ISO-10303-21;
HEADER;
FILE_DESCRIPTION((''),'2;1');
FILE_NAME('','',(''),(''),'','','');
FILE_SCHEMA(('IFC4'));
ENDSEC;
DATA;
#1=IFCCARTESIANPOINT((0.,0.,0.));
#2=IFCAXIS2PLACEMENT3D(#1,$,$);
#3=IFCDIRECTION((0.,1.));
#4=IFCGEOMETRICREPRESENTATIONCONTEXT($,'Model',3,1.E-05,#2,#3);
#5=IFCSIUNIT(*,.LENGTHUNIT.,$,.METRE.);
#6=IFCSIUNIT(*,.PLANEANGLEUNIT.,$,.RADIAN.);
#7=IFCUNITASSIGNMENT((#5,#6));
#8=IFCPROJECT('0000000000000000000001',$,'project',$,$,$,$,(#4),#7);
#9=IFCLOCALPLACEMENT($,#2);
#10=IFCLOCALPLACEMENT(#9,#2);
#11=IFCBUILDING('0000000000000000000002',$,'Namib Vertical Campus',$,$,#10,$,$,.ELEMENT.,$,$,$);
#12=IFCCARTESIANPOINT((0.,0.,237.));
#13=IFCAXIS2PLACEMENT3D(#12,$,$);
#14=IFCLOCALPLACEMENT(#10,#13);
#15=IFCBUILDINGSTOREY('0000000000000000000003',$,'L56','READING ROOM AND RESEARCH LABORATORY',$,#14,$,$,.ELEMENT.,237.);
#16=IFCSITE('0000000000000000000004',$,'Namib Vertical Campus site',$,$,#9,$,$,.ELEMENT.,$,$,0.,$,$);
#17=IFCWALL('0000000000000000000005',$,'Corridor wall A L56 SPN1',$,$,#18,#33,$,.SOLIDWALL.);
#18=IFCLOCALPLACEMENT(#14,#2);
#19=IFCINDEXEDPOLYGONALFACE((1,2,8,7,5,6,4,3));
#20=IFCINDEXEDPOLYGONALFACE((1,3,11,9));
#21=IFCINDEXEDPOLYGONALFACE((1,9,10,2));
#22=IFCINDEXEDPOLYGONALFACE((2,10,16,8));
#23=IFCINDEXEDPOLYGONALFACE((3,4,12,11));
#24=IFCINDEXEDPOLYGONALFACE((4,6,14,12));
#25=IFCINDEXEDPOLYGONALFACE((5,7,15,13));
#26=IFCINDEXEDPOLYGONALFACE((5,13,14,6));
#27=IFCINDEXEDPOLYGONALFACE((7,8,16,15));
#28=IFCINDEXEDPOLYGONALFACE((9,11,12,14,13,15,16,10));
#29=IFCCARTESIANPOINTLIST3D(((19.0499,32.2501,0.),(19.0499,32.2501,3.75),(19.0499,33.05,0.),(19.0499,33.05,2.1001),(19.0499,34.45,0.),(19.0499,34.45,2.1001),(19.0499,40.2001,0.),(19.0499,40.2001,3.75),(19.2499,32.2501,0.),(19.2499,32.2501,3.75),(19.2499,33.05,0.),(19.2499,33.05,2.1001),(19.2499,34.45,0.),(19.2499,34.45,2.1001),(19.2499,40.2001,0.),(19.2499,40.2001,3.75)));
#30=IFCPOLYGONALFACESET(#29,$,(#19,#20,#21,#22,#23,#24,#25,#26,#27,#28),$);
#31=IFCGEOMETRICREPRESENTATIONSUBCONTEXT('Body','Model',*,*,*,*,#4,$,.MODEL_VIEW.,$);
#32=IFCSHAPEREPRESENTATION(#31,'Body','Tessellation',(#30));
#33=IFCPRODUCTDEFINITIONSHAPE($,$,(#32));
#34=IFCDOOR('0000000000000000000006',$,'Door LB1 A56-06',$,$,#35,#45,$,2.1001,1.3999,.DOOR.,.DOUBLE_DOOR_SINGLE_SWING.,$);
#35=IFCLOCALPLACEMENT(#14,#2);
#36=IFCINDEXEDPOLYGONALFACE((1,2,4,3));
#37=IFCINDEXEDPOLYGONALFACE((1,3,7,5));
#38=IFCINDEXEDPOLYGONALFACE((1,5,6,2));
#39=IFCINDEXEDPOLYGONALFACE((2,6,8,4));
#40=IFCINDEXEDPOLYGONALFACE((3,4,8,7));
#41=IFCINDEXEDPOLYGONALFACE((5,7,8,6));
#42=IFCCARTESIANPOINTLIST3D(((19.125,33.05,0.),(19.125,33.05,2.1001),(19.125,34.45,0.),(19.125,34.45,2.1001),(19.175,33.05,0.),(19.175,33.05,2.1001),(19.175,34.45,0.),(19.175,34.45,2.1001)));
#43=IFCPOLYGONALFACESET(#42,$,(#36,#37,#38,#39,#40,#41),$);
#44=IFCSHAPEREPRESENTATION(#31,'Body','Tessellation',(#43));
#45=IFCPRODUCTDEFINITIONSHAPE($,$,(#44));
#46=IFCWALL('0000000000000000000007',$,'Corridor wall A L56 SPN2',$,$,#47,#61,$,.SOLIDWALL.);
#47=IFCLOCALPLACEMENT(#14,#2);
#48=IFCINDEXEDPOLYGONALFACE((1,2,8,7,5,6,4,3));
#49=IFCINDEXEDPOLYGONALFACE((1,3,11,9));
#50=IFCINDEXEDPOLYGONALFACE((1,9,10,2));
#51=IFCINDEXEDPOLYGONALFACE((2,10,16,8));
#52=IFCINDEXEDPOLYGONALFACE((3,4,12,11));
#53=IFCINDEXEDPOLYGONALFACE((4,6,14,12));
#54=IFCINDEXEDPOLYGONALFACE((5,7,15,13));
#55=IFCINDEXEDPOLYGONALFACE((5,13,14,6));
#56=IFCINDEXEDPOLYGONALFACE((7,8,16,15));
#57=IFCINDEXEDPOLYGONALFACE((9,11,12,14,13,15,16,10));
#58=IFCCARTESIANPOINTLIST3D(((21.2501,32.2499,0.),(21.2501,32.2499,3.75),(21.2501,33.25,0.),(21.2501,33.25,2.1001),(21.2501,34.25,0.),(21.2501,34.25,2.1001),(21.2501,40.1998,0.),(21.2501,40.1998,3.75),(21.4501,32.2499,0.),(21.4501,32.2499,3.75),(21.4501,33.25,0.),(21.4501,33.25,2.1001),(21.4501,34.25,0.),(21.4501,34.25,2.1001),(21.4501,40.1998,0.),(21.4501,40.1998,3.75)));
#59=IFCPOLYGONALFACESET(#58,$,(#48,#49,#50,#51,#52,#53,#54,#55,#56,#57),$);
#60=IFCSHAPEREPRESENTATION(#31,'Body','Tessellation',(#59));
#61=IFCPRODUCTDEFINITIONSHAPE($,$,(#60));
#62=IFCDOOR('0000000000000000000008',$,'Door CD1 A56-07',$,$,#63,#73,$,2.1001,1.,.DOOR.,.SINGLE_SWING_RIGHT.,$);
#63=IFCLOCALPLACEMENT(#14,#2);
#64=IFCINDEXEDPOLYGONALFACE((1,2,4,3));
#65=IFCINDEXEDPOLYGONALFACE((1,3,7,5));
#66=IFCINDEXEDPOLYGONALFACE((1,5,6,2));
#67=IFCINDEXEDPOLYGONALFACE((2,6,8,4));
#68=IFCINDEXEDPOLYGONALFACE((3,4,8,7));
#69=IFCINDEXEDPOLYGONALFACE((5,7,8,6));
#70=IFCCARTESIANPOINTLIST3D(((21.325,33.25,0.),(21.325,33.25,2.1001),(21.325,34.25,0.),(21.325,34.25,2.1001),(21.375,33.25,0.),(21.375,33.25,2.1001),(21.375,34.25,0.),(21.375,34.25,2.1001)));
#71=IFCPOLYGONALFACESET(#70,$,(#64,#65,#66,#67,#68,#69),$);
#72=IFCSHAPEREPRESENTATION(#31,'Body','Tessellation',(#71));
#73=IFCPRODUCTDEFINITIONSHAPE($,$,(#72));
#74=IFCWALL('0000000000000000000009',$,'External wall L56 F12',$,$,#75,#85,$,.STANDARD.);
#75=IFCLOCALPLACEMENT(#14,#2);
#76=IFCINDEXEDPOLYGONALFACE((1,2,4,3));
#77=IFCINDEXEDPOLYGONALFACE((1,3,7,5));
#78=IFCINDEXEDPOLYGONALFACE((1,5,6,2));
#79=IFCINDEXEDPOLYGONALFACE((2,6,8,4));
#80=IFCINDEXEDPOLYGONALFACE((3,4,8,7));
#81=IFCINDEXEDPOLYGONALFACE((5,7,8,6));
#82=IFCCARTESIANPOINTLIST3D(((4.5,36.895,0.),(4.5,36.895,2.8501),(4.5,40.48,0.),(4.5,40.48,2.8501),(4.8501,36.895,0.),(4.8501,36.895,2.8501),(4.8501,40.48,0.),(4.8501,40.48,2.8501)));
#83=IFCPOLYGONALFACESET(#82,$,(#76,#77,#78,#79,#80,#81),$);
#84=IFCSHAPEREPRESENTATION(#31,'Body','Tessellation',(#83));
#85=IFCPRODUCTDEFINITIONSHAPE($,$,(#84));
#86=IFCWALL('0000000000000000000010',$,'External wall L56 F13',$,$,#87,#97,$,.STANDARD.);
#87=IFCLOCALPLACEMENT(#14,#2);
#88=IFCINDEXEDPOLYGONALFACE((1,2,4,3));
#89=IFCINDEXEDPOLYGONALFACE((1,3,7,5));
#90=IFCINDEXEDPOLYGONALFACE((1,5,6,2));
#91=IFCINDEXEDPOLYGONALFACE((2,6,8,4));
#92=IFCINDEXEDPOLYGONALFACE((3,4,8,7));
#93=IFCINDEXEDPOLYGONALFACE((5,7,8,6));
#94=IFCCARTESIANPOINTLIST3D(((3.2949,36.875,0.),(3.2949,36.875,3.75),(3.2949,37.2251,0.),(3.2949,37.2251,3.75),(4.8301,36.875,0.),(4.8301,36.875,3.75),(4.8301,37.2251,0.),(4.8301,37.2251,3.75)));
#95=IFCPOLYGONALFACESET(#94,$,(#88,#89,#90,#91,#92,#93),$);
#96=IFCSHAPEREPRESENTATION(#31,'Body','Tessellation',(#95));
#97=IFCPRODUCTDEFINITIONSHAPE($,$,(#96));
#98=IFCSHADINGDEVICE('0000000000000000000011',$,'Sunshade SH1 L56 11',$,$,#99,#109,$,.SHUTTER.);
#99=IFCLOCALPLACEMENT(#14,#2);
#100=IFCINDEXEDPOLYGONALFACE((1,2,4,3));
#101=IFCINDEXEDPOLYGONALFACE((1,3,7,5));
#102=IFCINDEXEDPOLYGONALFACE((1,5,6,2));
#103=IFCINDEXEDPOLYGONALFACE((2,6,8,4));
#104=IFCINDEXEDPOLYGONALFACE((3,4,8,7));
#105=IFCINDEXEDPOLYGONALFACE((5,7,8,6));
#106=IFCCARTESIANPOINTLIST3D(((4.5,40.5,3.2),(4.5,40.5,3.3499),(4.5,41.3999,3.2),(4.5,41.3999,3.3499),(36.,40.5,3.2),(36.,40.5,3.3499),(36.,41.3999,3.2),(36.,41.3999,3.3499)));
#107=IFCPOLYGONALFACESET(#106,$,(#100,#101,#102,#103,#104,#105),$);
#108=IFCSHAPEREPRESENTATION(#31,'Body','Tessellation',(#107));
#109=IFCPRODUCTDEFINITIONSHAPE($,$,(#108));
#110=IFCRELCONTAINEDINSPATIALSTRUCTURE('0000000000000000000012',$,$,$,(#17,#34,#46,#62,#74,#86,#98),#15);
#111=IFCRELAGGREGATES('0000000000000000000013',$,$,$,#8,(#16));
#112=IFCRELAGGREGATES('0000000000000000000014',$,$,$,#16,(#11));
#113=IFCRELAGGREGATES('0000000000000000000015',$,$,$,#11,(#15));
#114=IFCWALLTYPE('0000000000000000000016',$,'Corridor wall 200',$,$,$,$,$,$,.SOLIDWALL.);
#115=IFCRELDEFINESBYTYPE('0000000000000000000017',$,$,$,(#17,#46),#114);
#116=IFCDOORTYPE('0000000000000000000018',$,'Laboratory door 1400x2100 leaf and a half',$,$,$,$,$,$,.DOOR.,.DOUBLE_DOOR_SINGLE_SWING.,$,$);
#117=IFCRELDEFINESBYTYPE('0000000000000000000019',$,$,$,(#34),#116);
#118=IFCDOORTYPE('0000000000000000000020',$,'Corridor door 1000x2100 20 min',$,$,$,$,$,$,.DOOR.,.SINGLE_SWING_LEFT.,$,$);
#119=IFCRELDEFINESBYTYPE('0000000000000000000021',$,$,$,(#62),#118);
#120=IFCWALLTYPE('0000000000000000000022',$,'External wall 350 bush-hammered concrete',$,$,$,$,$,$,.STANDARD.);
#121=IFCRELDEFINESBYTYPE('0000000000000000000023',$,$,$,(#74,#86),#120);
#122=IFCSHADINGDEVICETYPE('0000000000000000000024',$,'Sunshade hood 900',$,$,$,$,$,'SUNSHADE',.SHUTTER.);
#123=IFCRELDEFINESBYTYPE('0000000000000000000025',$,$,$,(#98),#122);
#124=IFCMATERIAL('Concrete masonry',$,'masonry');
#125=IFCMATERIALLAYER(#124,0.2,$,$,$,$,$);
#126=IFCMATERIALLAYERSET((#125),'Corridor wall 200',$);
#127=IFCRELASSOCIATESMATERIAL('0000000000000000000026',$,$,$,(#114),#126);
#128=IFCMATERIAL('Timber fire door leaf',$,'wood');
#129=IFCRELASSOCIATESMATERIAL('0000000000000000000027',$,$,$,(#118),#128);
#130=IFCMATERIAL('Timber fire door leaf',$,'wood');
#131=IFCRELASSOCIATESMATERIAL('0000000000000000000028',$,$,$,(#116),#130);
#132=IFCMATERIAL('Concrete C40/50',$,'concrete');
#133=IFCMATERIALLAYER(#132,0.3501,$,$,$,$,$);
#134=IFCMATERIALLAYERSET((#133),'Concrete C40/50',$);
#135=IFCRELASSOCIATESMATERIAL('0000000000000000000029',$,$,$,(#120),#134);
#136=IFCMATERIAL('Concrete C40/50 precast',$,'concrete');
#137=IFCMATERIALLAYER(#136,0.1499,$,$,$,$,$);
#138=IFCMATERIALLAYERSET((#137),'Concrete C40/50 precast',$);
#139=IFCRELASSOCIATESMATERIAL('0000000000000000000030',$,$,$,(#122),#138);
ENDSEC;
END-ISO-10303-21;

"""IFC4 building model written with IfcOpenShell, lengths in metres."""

from ifc_helpers import new_model, si_unit, direction, frame, frame_2d, origin, origin_2d, place, context, subcontext, project, spatial, rectangle, extrude, material, layer, layer_set, type_object, element, fill, save


model = new_model("IFC4")

# Units and contexts
model_context = context("Model", 3, precision=1e-05, world=origin(), true_north=direction((0.0, 1.0)))
body_context = subcontext(model_context, "Body", "Model", "MODEL_VIEW")
ifc_project = project(units=[si_unit("LENGTHUNIT", "METRE"), si_unit("PLANEANGLEUNIT", "RADIAN")], contexts=[model_context])

# Site, building, storey
site_placement = place(None, origin())
site = spatial("IfcSite", under=ifc_project, at=site_placement, Name="Namib Vertical Campus site", CompositionType="ELEMENT", RefElevation=0.0)
building_placement = place(site_placement, origin())
building = spatial("IfcBuilding", under=site, at=building_placement, Name="Namib Vertical Campus", CompositionType="ELEMENT")
storey_placement = place(building_placement, frame((0.0, 0.0, 237.0)))
storey = spatial("IfcBuildingStorey", under=building, at=storey_placement, Name="L56", Description="READING ROOM AND RESEARCH LABORATORY", CompositionType="ELEMENT", Elevation=237.0)

# Shared definitions
ifc_material_1 = material(Name="Concrete masonry", Category="masonry")
ifc_layer_1 = layer(ifc_material_1, 0.2)
ifc_layer_set_1 = layer_set([ifc_layer_1], Name="Corridor wall 200")
wall_type_1 = type_object("IfcWallType", Name="Corridor wall 200", PredefinedType="SOLIDWALL", material=ifc_layer_set_1)
ifc_material_2 = material(Name="Timber fire door leaf", Category="wood")
door_type_1 = type_object("IfcDoorType", Name="Corridor door 1000x2100 20 min", OperationType="SINGLE_SWING_LEFT", PredefinedType="DOOR", material=ifc_material_2)

# Walls, openings, doors
wall_1_placement = place(storey_placement, frame((19.1499, 32.25, 0.0), z_axis=(0.0, 0.0, 1.0), x_axis=(0.0, 1.0, 0.0)))
wall_1 = element("IfcWall", 1, at=wall_1_placement, inside=storey, type_object=wall_type_1, Name="Corridor wall A L56 SPN1", PredefinedType="SOLIDWALL", context=body_context, shape_type="SweptSolid", body=[
    extrude(rectangle(XDim=7.95, YDim=0.2, at=frame_2d((3.9751, 0.0))), origin(), (0.0, 0.0, 1.0), 3.75),
])
opening_1_placement = place(wall_1_placement, frame((0.8, 0.0, 0.0)))
opening_1 = element("IfcOpeningElement", 2, at=opening_1_placement, cuts=wall_1, PredefinedType="OPENING", context=body_context, shape_type="SweptSolid", body=[
    extrude(rectangle(XDim=1.3999, YDim=2.1001, at=frame_2d((0.7, 1.05))), frame((0.0, 0.1099, 0.0), z_axis=(0.0, -1.0, 0.0), x_axis=(1.0, 0.0, 0.0)), (0.0, 0.0, 1.0), 0.22),
])
ifc_material_3 = material(Name="Timber fire door leaf", Category="wood")
door_type_2 = type_object("IfcDoorType", Name="Laboratory door 1400x2100 leaf and a half", OperationType="DOUBLE_DOOR_SINGLE_SWING", PredefinedType="DOOR", material=ifc_material_3)
door_1_placement = place(opening_1_placement, origin())
door_1 = element("IfcDoor", 3, at=door_1_placement, inside=storey, type_object=door_type_2, Name="Door LB1 A56-06", OperationType="DOUBLE_DOOR_SINGLE_SWING", OverallHeight=2.1001, OverallWidth=1.3999, PredefinedType="DOOR", context=body_context, shape_type="SweptSolid", body=[
    extrude(rectangle(XDim=1.3999, YDim=2.1001, at=frame_2d((0.7, 1.05))), frame((0.0, 0.0249, 0.0), z_axis=(0.0, -1.0, 0.0), x_axis=(1.0, 0.0, 0.0)), (0.0, 0.0, 1.0), 0.05),
])
fill(opening_1, door_1)
wall_2_placement = place(storey_placement, frame((21.3501, 40.2, 0.0), z_axis=(0.0, 0.0, 1.0), x_axis=(0.0, -1.0, 0.0)))
wall_2 = element("IfcWall", 4, at=wall_2_placement, inside=storey, type_object=wall_type_1, Name="Corridor wall A L56 SPN2", PredefinedType="SOLIDWALL", context=body_context, shape_type="SweptSolid", body=[
    extrude(rectangle(XDim=7.95, YDim=0.2, at=frame_2d((3.9751, 0.0))), origin(), (0.0, 0.0, 1.0), 3.75),
])
opening_2_placement = place(wall_2_placement, frame((5.95, 0.0, 0.0)))
opening_2 = element("IfcOpeningElement", 5, at=opening_2_placement, cuts=wall_2, PredefinedType="OPENING", context=body_context, shape_type="SweptSolid", body=[
    extrude(rectangle(XDim=1.0, YDim=2.1001, at=frame_2d((0.5, 1.05))), frame((0.0, 0.1099, 0.0), z_axis=(0.0, -1.0, 0.0), x_axis=(1.0, 0.0, 0.0)), (0.0, 0.0, 1.0), 0.22),
])
door_2_placement = place(opening_2_placement, origin())
door_2 = element("IfcDoor", 6, at=door_2_placement, inside=storey, type_object=door_type_1, Name="Door CD1 A56-07", OperationType="SINGLE_SWING_RIGHT", OverallHeight=2.1001, OverallWidth=1.0, PredefinedType="DOOR", context=body_context, shape_type="SweptSolid", body=[
    extrude(rectangle(XDim=1.0, YDim=2.1001, at=frame_2d((0.5, 1.05))), frame((0.0, 0.0249, 0.0), z_axis=(0.0, -1.0, 0.0), x_axis=(1.0, 0.0, 0.0)), (0.0, 0.0, 1.0), 0.05),
])
fill(opening_2, door_2)

# Walls
ifc_material_4 = material(Name="Concrete C40/50", Category="concrete")
ifc_layer_2 = layer(ifc_material_4, 0.3501)
ifc_layer_set_2 = layer_set([ifc_layer_2], Name="Concrete C40/50")
wall_type_2 = type_object("IfcWallType", Name="External wall 350 bush-hammered concrete", PredefinedType="STANDARD", material=ifc_layer_set_2)
wall_3_placement = place(storey_placement, frame((4.675, 40.48, 0.0), z_axis=(0.0, 0.0, 1.0), x_axis=(0.0, -1.0, 0.0)))
element("IfcWall", 7, at=wall_3_placement, inside=storey, type_object=wall_type_2, Name="External wall L56 F12", PredefinedType="STANDARD", context=body_context, shape_type="SweptSolid", body=[
    extrude(rectangle(XDim=3.585, YDim=0.3501, at=frame_2d((1.7925, 0.0))), origin(), (0.0, 0.0, 1.0), 2.8501),
])
wall_4_placement = place(storey_placement, frame((4.8301, 37.05, 0.0), z_axis=(0.0, 0.0, 1.0), x_axis=(-1.0, 0.0, 0.0)))
element("IfcWall", 8, at=wall_4_placement, inside=storey, type_object=wall_type_2, Name="External wall L56 F13", PredefinedType="STANDARD", context=body_context, shape_type="SweptSolid", body=[
    extrude(rectangle(XDim=1.5352, YDim=0.3501, at=frame_2d((0.7676, 0.0))), origin(), (0.0, 0.0, 1.0), 3.75),
])

# Shading device
ifc_material_5 = material(Name="Concrete C40/50 precast", Category="concrete")
ifc_layer_3 = layer(ifc_material_5, 0.1499)
ifc_layer_set_3 = layer_set([ifc_layer_3], Name="Concrete C40/50 precast")
shading_device_type = type_object("IfcShadingDeviceType", Name="Sunshade hood 900", ElementType="SUNSHADE", PredefinedType="SHUTTER", material=ifc_layer_set_3)
shading_device_placement = place(storey_placement, frame((20.25, 40.95, 3.2), z_axis=(0.0, 0.0, 1.0), x_axis=(-1.0, 0.0, 0.0)))
element("IfcShadingDevice", 9, at=shading_device_placement, inside=storey, type_object=shading_device_type, Name="Sunshade SH1 L56 11", PredefinedType="SHUTTER", context=body_context, shape_type="SweptSolid", body=[
    extrude(rectangle(XDim=31.5, YDim=0.8999, at=origin_2d()), origin(), (0.0, 0.0, 1.0), 0.1499),
])

save(model, "model.ifc")
